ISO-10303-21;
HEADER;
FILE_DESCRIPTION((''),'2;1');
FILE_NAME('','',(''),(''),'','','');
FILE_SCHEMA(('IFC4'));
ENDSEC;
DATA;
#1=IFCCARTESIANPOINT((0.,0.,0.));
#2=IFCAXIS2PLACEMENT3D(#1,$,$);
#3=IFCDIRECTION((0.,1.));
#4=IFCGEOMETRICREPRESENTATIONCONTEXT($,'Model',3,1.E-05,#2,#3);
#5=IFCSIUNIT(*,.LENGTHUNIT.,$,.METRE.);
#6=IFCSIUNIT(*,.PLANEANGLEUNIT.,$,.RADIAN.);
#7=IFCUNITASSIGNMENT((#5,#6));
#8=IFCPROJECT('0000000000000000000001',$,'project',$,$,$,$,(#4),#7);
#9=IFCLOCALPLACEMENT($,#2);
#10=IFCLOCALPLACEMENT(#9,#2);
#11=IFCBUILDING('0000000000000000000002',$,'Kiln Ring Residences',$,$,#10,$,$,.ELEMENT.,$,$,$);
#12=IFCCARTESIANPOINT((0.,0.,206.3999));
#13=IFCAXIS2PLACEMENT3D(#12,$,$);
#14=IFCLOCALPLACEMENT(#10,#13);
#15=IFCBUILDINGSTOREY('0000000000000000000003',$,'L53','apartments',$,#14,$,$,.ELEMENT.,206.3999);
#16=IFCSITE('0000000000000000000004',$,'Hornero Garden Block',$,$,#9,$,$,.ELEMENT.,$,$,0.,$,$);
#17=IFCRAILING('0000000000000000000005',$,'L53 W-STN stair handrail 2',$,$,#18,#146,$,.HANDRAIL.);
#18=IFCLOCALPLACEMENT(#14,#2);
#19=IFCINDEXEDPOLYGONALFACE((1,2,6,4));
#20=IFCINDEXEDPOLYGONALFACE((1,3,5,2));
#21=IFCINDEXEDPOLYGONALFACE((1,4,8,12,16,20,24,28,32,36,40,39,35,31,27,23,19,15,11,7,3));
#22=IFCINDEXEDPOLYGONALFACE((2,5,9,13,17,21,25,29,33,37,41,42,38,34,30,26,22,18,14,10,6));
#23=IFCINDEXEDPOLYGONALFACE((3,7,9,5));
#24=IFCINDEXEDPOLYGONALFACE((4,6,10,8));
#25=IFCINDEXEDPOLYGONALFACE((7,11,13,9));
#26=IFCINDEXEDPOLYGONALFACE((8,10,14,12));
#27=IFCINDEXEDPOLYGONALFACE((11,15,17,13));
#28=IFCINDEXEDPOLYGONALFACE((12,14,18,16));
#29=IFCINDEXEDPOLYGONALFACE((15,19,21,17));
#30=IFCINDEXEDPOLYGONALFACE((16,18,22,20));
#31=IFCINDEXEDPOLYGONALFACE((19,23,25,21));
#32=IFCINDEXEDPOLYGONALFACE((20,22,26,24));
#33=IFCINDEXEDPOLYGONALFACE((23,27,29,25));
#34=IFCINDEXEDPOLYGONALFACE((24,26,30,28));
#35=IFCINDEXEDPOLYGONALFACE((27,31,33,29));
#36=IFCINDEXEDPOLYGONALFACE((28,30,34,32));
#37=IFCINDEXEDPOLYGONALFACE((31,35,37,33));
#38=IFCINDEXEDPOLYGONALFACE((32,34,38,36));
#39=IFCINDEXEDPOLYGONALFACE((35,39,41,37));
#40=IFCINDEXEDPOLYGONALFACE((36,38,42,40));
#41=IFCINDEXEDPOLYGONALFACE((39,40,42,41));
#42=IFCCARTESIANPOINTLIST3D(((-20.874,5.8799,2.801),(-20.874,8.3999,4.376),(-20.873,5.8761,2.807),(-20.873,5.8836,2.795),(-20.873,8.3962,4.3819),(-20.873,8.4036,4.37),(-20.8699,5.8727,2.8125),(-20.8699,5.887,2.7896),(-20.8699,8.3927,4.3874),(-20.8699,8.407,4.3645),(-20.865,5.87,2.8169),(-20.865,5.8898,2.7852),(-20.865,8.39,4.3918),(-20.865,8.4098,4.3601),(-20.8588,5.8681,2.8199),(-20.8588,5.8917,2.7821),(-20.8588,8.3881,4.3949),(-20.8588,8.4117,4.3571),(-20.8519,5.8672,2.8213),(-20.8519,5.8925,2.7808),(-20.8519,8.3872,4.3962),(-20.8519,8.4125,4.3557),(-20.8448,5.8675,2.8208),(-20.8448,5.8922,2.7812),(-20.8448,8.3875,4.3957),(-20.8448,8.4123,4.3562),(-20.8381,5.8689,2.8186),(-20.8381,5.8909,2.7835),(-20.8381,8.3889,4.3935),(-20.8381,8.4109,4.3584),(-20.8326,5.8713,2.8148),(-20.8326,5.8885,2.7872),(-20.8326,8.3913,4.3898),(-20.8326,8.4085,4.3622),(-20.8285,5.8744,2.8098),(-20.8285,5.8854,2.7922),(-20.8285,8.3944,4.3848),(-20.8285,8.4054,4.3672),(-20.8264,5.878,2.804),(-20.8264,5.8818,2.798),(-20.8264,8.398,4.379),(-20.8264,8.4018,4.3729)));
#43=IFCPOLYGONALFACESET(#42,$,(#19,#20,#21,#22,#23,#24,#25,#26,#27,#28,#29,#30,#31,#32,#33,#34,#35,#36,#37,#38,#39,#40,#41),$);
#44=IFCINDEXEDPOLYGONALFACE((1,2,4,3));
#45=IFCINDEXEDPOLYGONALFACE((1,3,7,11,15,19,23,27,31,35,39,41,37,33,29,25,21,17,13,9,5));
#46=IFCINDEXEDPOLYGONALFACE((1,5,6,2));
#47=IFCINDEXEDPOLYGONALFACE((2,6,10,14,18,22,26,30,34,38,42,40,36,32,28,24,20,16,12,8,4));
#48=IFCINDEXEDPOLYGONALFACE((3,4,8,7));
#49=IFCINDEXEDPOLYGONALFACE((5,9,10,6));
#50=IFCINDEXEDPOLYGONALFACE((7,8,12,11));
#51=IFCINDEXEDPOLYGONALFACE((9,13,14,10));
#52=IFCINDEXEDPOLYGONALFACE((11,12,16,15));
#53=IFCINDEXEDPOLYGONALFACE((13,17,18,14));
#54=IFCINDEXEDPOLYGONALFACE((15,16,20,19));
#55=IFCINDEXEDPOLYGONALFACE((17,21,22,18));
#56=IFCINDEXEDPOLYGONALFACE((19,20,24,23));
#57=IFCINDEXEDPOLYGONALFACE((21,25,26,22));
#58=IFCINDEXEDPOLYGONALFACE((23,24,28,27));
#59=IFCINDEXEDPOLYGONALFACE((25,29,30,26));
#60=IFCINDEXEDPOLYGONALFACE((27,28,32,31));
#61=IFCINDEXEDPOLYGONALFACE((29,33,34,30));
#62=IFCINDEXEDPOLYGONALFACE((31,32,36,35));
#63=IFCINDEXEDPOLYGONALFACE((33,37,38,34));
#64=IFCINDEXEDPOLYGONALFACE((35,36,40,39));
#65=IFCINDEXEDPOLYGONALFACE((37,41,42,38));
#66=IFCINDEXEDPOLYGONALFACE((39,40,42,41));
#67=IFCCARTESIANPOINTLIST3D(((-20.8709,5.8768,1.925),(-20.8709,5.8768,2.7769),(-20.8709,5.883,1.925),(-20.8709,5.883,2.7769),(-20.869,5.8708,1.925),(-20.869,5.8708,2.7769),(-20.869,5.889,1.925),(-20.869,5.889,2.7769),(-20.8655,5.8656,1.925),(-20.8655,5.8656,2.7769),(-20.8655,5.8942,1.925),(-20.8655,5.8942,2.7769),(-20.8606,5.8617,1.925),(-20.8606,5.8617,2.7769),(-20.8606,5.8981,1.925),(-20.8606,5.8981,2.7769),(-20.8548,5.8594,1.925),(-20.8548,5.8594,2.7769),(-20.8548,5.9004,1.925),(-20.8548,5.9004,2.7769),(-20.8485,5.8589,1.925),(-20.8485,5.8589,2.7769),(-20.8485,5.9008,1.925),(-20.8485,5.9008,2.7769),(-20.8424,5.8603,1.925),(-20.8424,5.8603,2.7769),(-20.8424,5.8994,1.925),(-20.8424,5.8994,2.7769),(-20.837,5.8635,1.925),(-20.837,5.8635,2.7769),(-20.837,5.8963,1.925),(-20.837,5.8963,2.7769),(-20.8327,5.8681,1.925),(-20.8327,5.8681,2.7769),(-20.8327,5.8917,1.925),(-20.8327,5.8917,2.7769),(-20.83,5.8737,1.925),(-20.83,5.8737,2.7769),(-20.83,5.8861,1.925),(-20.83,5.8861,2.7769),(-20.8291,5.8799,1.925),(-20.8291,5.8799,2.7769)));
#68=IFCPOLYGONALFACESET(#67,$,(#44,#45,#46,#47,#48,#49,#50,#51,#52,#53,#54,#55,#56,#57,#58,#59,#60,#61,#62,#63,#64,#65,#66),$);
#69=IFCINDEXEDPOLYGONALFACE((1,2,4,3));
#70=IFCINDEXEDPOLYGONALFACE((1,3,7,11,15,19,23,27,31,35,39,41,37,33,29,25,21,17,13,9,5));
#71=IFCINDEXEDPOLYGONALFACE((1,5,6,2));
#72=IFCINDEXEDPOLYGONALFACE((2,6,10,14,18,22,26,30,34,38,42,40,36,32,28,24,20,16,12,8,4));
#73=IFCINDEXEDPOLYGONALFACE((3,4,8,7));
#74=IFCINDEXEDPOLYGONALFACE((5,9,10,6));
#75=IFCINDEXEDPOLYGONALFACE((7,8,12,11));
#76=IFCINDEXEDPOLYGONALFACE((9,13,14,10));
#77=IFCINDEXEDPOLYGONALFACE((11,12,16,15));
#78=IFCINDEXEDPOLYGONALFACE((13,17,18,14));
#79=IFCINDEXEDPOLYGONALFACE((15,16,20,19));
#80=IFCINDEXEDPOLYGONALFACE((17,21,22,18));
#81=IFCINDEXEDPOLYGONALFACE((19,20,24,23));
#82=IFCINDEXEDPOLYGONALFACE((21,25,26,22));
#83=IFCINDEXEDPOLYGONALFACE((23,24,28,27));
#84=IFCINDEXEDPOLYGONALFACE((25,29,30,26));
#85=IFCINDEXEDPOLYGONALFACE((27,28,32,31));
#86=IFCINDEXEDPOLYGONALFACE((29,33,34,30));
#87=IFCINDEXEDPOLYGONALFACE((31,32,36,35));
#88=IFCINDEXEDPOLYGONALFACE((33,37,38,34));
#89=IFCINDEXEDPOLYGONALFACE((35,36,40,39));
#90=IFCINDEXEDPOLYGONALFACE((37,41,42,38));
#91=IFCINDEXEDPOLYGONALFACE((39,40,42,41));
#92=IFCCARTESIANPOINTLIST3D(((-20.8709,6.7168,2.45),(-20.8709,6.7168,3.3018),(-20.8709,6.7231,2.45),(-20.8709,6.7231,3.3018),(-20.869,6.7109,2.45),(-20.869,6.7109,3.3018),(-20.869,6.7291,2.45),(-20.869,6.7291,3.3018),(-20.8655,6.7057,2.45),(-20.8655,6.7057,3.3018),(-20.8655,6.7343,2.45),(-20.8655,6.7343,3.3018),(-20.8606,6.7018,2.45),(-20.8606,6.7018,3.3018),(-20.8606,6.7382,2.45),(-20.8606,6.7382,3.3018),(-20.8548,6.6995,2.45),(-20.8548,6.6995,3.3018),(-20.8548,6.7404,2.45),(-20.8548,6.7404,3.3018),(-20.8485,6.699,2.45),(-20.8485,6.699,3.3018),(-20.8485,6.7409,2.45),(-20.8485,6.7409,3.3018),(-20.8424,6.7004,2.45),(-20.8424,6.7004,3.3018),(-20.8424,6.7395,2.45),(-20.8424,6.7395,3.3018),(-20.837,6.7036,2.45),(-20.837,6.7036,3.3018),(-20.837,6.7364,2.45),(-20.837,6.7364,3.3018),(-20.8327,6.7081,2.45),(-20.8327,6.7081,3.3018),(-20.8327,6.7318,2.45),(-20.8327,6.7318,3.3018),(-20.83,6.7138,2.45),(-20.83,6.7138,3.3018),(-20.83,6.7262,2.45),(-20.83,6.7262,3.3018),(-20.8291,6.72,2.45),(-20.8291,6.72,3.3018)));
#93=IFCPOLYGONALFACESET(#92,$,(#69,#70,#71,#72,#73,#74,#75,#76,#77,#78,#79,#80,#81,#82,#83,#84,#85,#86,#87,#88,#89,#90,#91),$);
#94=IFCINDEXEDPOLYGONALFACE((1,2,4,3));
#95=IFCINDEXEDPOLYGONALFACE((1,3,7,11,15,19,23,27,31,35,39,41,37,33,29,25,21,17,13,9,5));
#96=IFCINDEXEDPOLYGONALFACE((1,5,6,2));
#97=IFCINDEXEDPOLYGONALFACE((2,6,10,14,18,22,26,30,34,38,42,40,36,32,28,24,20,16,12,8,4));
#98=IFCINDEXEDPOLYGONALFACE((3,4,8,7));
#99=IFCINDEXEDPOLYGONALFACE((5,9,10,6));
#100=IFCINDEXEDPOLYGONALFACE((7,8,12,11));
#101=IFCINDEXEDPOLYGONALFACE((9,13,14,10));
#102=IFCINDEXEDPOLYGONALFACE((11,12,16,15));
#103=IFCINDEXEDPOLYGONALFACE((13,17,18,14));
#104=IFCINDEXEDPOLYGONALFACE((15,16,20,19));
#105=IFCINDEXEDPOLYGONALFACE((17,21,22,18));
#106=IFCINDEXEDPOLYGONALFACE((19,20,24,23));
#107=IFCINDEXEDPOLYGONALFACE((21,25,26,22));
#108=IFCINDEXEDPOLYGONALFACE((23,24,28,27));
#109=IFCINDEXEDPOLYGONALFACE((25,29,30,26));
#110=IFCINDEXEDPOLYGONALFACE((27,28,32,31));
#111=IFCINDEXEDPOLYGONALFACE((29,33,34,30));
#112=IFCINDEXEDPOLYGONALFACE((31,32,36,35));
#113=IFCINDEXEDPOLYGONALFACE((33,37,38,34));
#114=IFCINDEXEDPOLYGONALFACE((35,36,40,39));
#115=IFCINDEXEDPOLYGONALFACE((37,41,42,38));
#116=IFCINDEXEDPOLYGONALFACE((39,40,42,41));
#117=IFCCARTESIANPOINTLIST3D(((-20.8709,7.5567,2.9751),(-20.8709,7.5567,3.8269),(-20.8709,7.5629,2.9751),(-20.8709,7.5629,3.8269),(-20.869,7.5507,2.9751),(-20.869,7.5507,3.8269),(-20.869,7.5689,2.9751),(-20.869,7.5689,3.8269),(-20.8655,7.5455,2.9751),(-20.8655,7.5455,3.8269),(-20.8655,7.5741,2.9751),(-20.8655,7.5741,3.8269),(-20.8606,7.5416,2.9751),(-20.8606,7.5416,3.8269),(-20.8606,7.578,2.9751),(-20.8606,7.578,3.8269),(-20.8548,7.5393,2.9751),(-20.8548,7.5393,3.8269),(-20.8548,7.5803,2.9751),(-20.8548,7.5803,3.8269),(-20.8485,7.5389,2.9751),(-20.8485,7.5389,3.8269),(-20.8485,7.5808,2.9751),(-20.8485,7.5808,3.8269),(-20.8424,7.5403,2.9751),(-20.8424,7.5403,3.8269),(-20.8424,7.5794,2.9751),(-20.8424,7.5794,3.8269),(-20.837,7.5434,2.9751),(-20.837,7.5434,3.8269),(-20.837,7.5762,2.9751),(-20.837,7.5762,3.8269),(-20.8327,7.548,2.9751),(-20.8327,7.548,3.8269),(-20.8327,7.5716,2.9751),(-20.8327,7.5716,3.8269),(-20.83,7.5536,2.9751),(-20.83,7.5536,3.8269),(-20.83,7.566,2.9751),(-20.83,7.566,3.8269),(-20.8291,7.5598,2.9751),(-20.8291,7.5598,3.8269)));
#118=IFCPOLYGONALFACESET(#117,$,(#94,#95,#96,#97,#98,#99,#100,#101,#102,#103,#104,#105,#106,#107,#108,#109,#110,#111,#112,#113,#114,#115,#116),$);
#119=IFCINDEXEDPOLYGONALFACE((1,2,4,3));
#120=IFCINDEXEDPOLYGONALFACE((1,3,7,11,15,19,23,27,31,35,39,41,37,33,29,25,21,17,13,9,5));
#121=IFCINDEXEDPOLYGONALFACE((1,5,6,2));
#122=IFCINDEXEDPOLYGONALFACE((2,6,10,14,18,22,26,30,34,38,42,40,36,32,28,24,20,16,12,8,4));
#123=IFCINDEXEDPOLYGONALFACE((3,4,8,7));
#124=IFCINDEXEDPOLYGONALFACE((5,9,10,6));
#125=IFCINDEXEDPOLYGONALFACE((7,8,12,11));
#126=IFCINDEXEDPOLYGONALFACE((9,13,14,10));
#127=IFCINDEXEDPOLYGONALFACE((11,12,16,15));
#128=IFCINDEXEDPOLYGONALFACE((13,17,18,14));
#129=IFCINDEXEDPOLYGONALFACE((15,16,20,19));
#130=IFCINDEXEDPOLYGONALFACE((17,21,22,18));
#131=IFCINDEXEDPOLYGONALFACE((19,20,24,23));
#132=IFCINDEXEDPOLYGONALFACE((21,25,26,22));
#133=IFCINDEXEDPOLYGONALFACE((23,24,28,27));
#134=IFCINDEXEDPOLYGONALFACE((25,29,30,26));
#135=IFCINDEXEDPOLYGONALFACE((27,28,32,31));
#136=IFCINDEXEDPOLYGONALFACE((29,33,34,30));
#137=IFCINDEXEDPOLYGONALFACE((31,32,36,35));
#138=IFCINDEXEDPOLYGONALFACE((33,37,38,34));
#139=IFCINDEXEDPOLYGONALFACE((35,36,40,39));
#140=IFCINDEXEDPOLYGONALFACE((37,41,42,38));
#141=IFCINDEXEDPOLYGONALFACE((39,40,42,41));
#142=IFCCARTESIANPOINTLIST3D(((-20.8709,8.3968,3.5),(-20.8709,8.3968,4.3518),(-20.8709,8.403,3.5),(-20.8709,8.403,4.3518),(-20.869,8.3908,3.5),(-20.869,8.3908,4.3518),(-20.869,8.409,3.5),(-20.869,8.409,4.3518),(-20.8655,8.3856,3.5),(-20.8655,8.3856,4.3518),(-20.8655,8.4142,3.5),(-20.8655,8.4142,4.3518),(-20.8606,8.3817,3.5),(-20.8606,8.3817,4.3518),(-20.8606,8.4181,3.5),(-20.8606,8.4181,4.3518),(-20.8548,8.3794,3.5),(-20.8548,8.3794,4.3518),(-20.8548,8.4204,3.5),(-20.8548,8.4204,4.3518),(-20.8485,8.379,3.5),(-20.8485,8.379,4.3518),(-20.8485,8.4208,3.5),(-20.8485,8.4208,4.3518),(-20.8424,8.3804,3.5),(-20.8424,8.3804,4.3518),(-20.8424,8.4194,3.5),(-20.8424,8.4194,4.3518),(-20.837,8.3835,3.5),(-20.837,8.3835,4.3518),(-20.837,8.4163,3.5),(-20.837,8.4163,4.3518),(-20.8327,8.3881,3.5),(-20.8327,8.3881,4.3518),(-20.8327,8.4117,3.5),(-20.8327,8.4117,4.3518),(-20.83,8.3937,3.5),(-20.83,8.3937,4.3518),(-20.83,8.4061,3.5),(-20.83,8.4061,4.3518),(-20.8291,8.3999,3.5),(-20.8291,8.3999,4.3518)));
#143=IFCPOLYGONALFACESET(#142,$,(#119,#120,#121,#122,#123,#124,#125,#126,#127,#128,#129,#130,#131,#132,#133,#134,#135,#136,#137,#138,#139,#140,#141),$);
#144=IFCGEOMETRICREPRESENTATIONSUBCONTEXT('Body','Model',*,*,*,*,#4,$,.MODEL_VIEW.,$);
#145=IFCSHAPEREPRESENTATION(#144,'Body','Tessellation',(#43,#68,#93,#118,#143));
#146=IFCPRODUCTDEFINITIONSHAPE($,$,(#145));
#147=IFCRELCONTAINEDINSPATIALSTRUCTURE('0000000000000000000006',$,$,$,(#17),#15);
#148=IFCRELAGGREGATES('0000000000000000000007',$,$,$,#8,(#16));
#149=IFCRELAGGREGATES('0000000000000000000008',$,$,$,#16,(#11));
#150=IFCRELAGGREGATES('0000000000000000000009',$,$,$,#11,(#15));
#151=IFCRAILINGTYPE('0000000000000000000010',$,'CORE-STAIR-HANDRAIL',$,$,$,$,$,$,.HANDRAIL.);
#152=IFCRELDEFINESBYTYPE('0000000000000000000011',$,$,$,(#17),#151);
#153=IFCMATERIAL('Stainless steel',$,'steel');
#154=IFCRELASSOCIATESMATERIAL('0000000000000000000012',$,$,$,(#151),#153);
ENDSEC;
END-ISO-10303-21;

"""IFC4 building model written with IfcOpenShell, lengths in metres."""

from ifc_helpers import new_model, si_unit, direction, frame, origin, origin_2d, place, context, subcontext, project, spatial, circle, extrude, material, type_object, element, save


model = new_model("IFC4")

# Units and contexts
model_context = context("Model", 3, precision=1e-05, world=origin(), true_north=direction((0.0, 1.0)))
body_context = subcontext(model_context, "Body", "Model", "MODEL_VIEW")
ifc_project = project(units=[si_unit("LENGTHUNIT", "METRE"), si_unit("PLANEANGLEUNIT", "RADIAN")], contexts=[model_context])

# Site, building, storey
site_placement = place(None, origin())
site = spatial("IfcSite", under=ifc_project, at=site_placement, Name="Hornero Garden Block", CompositionType="ELEMENT", RefElevation=0.0)
building_placement = place(site_placement, origin())
building = spatial("IfcBuilding", under=site, at=building_placement, Name="Kiln Ring Residences", CompositionType="ELEMENT")
storey_placement = place(building_placement, frame((0.0, 0.0, 206.3999)))
storey = spatial("IfcBuildingStorey", under=building, at=storey_placement, Name="L53", Description="apartments", CompositionType="ELEMENT", Elevation=206.3999)

# Railing
ifc_material_1 = material(Name="Stainless steel", Category="steel")
railing_type_1 = type_object("IfcRailingType", Name="CORE-STAIR-HANDRAIL", PredefinedType="HANDRAIL", material=ifc_material_1)
railing_1_placement = place(storey_placement, frame((-20.8501, 5.8799, 1.925)))
element("IfcRailing", 1, at=railing_1_placement, inside=storey, type_object=railing_type_1, Name="L53 W-STN stair handrail 2", PredefinedType="HANDRAIL", context=body_context, shape_type="SweptSolid", body=[
    extrude(circle(Radius=0.0239, at=origin_2d()), frame((0.0, 0.0, 0.876), z_axis=(0.0, 0.848008, 0.529984), x_axis=(-1.0, 0.0, 0.0)), (0.0, 0.0, 1.0), 2.9717),
    extrude(circle(Radius=0.021, at=origin_2d()), origin(), (0.0, 0.0, 1.0), 0.8518),
    extrude(circle(Radius=0.021, at=origin_2d()), frame((0.0, 0.8401, 0.5249)), (0.0, 0.0, 1.0), 0.8518),
    extrude(circle(Radius=0.021, at=origin_2d()), frame((0.0, 1.6799, 1.05)), (0.0, 0.0, 1.0), 0.8518),
    extrude(circle(Radius=0.021, at=origin_2d()), frame((0.0, 2.52, 1.575)), (0.0, 0.0, 1.0), 0.8518),
])

save(model, "model.ifc")
